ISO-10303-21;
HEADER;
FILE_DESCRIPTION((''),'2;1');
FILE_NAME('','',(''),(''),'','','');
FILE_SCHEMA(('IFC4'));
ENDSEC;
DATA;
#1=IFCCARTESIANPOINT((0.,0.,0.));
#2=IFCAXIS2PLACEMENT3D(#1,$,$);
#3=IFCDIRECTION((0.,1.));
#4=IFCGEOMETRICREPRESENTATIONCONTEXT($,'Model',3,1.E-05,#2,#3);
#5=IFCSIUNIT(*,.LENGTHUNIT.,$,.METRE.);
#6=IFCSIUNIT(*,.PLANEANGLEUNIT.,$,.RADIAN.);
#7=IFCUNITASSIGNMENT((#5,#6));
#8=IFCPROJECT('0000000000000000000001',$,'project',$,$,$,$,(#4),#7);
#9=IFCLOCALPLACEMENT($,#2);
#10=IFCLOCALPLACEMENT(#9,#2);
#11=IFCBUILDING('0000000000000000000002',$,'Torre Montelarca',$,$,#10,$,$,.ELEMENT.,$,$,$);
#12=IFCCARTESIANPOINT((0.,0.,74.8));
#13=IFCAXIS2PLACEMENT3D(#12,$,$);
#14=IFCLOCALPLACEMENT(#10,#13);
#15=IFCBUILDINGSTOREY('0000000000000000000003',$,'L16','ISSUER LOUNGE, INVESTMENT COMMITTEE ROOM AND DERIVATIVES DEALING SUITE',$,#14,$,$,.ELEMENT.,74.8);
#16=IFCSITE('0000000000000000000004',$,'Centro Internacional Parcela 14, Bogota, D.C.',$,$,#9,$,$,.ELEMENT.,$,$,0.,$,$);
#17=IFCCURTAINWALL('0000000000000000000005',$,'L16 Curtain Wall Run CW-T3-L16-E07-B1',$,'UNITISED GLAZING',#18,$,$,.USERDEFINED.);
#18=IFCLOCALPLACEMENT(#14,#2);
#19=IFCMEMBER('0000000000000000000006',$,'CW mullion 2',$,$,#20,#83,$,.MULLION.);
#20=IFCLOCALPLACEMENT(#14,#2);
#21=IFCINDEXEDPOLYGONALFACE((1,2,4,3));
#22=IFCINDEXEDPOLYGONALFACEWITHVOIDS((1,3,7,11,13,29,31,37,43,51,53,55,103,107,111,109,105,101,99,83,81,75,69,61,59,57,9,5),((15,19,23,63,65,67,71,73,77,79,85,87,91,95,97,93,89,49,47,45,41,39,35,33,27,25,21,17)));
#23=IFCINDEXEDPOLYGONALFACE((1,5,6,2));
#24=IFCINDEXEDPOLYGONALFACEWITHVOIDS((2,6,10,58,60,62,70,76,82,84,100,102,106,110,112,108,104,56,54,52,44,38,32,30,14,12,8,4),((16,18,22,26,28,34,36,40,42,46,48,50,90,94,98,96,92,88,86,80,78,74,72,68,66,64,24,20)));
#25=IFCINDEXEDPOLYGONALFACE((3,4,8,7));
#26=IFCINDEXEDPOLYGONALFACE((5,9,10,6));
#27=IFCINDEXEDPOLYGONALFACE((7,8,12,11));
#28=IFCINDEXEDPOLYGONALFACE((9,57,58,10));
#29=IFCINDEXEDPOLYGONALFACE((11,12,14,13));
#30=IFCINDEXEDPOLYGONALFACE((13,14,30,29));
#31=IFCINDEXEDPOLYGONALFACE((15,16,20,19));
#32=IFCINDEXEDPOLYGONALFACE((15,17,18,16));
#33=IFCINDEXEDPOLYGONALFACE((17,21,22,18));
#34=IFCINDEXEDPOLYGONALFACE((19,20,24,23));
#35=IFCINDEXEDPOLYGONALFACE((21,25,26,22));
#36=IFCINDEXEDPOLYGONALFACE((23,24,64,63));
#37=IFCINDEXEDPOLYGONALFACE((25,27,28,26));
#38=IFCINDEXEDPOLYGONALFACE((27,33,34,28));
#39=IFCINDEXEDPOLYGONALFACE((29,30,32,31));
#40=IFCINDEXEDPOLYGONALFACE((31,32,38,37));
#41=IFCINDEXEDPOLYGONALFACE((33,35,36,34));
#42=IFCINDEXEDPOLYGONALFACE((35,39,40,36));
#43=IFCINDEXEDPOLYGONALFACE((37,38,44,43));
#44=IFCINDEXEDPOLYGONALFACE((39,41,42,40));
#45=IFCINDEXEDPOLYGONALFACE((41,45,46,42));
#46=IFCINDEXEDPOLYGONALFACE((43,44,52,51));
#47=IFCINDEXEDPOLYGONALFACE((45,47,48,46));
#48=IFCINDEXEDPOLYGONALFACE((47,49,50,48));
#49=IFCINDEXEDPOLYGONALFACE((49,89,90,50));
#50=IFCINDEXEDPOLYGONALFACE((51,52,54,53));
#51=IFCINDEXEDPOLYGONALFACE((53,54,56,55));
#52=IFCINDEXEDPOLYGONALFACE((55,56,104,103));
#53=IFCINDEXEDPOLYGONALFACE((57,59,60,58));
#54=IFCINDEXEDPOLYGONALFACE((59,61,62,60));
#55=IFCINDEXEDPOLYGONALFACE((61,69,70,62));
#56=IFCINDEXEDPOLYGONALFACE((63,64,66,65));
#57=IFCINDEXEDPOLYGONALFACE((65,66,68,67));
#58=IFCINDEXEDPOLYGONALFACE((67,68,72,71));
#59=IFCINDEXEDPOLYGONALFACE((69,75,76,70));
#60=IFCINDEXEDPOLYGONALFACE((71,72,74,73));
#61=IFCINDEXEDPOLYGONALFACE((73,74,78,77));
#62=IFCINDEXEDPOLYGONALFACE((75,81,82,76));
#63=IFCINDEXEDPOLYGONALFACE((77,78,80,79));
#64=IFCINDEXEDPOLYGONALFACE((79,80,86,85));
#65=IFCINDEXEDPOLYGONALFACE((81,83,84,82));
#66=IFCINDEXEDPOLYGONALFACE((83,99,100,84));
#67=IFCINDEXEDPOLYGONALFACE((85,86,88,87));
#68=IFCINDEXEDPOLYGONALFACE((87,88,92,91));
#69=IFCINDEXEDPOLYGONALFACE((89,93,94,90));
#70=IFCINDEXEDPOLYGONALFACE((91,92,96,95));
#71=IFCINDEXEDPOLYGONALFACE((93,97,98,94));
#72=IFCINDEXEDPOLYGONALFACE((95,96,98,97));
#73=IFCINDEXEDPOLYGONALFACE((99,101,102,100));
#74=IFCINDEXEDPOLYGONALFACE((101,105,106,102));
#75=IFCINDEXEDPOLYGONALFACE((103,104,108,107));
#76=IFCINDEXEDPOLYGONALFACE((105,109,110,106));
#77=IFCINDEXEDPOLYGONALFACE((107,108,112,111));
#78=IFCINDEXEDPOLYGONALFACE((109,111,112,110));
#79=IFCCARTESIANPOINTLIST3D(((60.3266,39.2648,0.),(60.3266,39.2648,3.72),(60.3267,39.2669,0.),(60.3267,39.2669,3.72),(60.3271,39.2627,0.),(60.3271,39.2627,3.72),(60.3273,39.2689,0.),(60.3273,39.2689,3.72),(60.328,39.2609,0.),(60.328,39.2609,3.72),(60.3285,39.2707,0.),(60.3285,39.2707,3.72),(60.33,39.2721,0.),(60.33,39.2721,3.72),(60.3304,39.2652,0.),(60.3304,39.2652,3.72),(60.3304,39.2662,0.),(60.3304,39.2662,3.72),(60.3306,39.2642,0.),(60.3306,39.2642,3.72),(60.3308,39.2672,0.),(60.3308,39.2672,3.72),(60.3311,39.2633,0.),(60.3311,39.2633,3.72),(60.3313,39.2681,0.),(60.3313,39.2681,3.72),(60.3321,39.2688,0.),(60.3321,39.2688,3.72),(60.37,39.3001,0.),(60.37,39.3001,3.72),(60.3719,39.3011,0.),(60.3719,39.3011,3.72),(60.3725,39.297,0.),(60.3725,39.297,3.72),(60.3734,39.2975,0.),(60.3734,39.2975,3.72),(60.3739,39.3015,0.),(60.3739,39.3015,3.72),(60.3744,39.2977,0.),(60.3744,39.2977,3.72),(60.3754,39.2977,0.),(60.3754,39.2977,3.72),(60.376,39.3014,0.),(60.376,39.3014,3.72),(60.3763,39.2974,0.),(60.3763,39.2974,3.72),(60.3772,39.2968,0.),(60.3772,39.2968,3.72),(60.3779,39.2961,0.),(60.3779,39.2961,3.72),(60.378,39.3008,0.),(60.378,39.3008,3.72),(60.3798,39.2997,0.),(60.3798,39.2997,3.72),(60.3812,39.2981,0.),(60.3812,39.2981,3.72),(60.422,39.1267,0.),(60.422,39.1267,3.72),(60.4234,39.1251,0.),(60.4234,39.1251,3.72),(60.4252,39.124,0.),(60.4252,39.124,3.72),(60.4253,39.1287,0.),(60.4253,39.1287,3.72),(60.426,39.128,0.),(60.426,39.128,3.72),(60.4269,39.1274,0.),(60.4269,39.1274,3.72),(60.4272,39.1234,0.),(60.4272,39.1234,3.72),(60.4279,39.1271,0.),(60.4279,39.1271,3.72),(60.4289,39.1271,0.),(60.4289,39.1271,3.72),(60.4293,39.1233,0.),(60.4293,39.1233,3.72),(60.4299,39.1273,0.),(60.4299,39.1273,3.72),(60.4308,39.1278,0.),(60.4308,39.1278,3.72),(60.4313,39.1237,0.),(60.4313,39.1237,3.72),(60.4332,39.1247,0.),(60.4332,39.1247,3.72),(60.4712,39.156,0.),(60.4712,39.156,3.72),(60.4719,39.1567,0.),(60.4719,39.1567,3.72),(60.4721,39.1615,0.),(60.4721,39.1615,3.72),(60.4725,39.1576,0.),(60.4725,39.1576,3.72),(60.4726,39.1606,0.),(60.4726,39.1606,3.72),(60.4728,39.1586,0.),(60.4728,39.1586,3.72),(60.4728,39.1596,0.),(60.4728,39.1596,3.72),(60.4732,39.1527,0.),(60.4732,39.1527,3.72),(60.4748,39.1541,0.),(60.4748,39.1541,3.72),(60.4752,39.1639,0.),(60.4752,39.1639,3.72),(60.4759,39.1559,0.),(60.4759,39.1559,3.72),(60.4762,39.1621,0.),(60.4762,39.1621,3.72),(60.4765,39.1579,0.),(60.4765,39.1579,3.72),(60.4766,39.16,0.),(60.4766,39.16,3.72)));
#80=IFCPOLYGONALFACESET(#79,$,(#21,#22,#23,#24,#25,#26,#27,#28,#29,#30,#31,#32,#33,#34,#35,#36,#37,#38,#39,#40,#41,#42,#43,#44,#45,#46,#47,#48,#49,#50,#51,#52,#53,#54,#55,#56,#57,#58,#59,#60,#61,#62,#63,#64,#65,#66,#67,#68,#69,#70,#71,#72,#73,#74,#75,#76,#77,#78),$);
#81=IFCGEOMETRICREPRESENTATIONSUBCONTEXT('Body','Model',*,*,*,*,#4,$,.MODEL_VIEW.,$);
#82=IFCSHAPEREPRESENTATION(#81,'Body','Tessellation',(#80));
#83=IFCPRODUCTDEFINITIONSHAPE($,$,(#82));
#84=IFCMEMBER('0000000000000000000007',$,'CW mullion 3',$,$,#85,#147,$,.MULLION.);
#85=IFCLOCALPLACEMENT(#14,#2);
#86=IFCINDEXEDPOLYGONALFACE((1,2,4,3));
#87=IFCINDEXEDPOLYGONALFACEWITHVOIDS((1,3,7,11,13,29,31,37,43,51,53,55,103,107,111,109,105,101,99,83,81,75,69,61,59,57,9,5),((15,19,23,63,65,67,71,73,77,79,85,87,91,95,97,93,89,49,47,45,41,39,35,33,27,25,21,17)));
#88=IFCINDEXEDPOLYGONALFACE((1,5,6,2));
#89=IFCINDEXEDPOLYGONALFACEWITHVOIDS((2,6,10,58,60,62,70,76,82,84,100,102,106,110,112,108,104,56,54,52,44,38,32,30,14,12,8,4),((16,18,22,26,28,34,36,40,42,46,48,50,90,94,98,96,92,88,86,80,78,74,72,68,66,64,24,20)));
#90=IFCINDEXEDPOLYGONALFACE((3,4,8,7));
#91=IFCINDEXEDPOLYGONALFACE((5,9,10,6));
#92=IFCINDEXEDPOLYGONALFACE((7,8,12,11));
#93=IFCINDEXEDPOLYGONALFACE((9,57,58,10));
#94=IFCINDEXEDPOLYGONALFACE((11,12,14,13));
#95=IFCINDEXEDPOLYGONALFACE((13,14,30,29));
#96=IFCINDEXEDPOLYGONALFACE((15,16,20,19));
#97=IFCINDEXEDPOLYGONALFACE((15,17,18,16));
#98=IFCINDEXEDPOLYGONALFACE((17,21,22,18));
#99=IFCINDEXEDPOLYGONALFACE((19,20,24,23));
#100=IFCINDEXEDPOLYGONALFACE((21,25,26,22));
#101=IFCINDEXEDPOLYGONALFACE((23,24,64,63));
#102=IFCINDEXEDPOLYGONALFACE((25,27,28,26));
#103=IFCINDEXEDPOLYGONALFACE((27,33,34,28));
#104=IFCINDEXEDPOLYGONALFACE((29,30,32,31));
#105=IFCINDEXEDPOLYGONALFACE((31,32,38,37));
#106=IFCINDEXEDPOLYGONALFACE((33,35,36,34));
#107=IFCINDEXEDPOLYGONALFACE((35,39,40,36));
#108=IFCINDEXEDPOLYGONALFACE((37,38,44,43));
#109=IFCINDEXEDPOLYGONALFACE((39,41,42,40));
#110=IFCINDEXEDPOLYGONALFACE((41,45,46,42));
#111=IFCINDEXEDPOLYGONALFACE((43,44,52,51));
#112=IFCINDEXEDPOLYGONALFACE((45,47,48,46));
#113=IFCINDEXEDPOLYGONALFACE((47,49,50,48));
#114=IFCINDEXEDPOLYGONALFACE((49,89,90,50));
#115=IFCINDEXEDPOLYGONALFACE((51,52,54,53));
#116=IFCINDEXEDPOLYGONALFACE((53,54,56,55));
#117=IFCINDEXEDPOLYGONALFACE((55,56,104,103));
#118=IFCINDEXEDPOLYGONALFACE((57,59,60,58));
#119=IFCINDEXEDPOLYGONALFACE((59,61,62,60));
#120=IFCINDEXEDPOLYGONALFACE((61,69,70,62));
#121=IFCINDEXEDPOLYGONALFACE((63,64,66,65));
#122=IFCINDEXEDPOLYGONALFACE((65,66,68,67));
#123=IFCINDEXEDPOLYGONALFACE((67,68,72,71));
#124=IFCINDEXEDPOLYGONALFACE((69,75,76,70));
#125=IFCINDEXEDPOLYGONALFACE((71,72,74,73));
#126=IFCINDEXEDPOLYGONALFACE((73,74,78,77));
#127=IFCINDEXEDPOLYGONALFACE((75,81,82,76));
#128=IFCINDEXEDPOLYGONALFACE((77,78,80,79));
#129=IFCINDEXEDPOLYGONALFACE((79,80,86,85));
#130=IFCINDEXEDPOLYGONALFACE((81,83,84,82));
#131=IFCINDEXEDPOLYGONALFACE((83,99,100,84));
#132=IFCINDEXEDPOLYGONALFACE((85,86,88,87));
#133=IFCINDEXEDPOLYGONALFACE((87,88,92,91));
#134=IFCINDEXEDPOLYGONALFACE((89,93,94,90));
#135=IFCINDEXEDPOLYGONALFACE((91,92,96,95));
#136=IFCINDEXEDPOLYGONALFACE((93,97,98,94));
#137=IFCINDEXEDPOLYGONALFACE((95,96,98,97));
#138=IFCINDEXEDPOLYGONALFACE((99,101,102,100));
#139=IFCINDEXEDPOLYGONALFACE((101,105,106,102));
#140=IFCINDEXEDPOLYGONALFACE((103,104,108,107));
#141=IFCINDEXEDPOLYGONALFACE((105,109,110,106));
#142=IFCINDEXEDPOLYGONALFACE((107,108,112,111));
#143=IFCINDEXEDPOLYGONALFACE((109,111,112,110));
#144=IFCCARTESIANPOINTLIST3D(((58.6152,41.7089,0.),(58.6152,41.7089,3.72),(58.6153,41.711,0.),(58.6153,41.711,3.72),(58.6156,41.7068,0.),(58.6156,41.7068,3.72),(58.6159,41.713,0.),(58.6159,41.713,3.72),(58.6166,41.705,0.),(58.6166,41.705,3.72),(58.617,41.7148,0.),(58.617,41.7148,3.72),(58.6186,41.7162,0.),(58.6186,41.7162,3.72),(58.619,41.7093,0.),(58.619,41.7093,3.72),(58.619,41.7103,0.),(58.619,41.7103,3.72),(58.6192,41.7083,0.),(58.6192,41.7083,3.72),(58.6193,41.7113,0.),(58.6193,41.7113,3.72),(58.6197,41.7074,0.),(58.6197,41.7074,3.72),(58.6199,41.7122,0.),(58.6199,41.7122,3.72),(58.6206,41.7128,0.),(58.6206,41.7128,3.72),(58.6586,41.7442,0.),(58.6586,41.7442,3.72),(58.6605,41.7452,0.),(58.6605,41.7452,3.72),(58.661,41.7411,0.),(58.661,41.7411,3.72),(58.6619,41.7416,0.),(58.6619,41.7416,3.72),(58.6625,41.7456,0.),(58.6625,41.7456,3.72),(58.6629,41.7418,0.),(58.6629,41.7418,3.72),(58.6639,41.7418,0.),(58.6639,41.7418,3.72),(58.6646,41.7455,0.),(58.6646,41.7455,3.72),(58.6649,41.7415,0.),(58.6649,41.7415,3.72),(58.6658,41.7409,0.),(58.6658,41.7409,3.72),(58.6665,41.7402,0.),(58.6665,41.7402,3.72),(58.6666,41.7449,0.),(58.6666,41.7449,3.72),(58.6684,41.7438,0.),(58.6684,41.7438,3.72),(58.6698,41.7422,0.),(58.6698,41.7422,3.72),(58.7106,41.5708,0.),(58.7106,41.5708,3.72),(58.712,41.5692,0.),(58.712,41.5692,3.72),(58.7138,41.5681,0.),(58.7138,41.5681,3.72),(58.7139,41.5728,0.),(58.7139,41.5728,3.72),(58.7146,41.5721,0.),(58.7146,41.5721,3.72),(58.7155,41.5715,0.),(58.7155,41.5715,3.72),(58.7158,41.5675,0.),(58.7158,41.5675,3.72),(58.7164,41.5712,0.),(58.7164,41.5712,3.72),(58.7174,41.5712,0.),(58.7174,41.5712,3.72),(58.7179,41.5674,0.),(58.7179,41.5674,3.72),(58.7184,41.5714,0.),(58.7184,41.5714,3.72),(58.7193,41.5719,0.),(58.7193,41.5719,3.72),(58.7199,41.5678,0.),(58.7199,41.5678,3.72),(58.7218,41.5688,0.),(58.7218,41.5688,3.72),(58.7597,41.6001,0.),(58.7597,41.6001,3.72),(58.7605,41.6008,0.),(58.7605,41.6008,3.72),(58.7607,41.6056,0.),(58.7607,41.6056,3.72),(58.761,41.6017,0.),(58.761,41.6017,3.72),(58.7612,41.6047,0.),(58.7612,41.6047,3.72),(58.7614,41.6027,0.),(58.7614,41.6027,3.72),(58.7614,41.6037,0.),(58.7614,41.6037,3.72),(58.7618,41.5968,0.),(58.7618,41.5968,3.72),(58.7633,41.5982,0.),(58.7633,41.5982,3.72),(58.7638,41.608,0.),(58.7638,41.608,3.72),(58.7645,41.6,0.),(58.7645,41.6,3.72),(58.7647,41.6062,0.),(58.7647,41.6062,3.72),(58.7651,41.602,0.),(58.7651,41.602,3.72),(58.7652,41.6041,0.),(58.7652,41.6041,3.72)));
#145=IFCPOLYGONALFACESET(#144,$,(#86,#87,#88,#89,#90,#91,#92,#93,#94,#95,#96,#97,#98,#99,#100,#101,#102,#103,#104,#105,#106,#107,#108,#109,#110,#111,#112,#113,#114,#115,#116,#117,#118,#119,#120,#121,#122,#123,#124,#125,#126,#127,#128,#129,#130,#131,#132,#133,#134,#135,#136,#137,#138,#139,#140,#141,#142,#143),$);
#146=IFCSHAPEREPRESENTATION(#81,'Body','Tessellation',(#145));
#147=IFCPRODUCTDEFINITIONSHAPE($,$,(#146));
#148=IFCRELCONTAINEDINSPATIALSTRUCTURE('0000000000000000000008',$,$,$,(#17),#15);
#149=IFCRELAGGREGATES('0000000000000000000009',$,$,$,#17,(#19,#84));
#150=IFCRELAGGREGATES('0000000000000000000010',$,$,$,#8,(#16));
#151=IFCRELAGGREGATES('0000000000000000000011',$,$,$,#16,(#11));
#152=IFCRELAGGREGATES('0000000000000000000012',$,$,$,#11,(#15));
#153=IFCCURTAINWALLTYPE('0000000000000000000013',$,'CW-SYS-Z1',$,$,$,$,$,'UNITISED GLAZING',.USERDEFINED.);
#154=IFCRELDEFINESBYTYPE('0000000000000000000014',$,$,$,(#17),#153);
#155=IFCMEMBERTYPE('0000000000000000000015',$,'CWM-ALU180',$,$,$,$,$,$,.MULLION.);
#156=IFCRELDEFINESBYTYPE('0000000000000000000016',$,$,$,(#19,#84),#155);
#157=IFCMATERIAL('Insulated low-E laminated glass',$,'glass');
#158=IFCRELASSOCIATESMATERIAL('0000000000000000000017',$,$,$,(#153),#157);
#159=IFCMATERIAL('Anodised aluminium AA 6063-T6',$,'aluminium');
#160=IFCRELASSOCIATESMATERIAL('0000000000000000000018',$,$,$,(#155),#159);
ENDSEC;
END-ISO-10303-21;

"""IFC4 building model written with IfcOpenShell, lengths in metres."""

from ifc_helpers import new_model, si_unit, direction, frame, origin, origin_2d, place, context, subcontext, project, spatial, hollow_rectangle, extrude, source, transform, mapped, material, material_profile, profile_set, type_object, element, aggregate, save


model = new_model("IFC4")

# Units and contexts
model_context = context("Model", 3, precision=1e-05, world=origin(), true_north=direction((0.0, 1.0)))
body_context = subcontext(model_context, "Body", "Model", "MODEL_VIEW")
ifc_project = project(units=[si_unit("LENGTHUNIT", "METRE"), si_unit("PLANEANGLEUNIT", "RADIAN")], contexts=[model_context])

# Site, building, storey
site_placement = place(None, origin())
site = spatial("IfcSite", under=ifc_project, at=site_placement, Name="Centro Internacional Parcela 14, Bogota, D.C.", CompositionType="ELEMENT", RefElevation=0.0)
building_placement = place(site_placement, origin())
building = spatial("IfcBuilding", under=site, at=building_placement, Name="Torre Montelarca", CompositionType="ELEMENT")
storey_placement = place(building_placement, frame((0.0, 0.0, 74.8)))
storey = spatial("IfcBuildingStorey", under=building, at=storey_placement, Name="L16", Description="ISSUER LOUNGE, INVESTMENT COMMITTEE ROOM AND DERIVATIVES DEALING SUITE", CompositionType="ELEMENT", Elevation=74.8)

# Curtain wall
ifc_material_1 = material(Name="Insulated low-E laminated glass", Category="glass")
curtain_wall_type = type_object("IfcCurtainWallType", Name="CW-SYS-Z1", ElementType="UNITISED GLAZING", PredefinedType="USERDEFINED", material=ifc_material_1)
curtain_wall_1_placement = place(storey_placement, origin())
curtain_wall_1 = element("IfcCurtainWall", 1, at=curtain_wall_1_placement, inside=storey, type_object=curtain_wall_type, Name="L16 Curtain Wall Run CW-T3-L16-E07-B1", ObjectType="UNITISED GLAZING", PredefinedType="USERDEFINED")
ifc_material_2 = material(Name="Anodised aluminium AA 6063-T6", Category="aluminium")
ifc_material_profile_1 = material_profile(ifc_material_2, hollow_rectangle(XDim=0.0649, YDim=0.1799, WallThickness=0.0039, InnerFilletRadius=0.0039, OuterFilletRadius=0.0081, at=origin_2d()), Name="ALU65X180X4", Category="aluminium")
ifc_profile_set_1 = profile_set([ifc_material_profile_1], Name="Anodised aluminium AA 6063-T6")
member_type_1 = type_object("IfcMemberType", Name="CWM-ALU180", PredefinedType="MULLION", material=ifc_profile_set_1)
shared_shape_1 = source(origin(), body_context, "Body", "SweptSolid", [
    extrude(hollow_rectangle(XDim=0.0649, YDim=0.1799, WallThickness=0.0039, InnerFilletRadius=0.0039, OuterFilletRadius=0.0081, at=origin_2d()), origin(), (0.0, 0.0, 1.0), 3.72),
])

# Members
member_1_placement = place(storey_placement, frame((60.4016, 39.2124, 0.0), z_axis=(0.0, 0.0, 1.0), x_axis=(-0.819174, -0.573546, 0.0)))
member_1 = element("IfcMember", 2, at=member_1_placement, type_object=member_type_1, Name="CW mullion 2", PredefinedType="MULLION", context=body_context, shape_type="MappedRepresentation", body=[
    mapped(shared_shape_1, transform((0.0, 0.0, 0.0), scale=1.0)),
])
member_2_placement = place(storey_placement, frame((58.6902, 41.6565, 0.0), z_axis=(0.0, 0.0, 1.0), x_axis=(-0.819174, -0.573546, 0.0)))
member_2 = element("IfcMember", 3, at=member_2_placement, type_object=member_type_1, Name="CW mullion 3", PredefinedType="MULLION", context=body_context, shape_type="MappedRepresentation", body=[
    mapped(shared_shape_1, transform((0.0, 0.0, 0.0), scale=1.0)),
])

aggregate(curtain_wall_1, [member_1, member_2])

save(model, "model.ifc")
